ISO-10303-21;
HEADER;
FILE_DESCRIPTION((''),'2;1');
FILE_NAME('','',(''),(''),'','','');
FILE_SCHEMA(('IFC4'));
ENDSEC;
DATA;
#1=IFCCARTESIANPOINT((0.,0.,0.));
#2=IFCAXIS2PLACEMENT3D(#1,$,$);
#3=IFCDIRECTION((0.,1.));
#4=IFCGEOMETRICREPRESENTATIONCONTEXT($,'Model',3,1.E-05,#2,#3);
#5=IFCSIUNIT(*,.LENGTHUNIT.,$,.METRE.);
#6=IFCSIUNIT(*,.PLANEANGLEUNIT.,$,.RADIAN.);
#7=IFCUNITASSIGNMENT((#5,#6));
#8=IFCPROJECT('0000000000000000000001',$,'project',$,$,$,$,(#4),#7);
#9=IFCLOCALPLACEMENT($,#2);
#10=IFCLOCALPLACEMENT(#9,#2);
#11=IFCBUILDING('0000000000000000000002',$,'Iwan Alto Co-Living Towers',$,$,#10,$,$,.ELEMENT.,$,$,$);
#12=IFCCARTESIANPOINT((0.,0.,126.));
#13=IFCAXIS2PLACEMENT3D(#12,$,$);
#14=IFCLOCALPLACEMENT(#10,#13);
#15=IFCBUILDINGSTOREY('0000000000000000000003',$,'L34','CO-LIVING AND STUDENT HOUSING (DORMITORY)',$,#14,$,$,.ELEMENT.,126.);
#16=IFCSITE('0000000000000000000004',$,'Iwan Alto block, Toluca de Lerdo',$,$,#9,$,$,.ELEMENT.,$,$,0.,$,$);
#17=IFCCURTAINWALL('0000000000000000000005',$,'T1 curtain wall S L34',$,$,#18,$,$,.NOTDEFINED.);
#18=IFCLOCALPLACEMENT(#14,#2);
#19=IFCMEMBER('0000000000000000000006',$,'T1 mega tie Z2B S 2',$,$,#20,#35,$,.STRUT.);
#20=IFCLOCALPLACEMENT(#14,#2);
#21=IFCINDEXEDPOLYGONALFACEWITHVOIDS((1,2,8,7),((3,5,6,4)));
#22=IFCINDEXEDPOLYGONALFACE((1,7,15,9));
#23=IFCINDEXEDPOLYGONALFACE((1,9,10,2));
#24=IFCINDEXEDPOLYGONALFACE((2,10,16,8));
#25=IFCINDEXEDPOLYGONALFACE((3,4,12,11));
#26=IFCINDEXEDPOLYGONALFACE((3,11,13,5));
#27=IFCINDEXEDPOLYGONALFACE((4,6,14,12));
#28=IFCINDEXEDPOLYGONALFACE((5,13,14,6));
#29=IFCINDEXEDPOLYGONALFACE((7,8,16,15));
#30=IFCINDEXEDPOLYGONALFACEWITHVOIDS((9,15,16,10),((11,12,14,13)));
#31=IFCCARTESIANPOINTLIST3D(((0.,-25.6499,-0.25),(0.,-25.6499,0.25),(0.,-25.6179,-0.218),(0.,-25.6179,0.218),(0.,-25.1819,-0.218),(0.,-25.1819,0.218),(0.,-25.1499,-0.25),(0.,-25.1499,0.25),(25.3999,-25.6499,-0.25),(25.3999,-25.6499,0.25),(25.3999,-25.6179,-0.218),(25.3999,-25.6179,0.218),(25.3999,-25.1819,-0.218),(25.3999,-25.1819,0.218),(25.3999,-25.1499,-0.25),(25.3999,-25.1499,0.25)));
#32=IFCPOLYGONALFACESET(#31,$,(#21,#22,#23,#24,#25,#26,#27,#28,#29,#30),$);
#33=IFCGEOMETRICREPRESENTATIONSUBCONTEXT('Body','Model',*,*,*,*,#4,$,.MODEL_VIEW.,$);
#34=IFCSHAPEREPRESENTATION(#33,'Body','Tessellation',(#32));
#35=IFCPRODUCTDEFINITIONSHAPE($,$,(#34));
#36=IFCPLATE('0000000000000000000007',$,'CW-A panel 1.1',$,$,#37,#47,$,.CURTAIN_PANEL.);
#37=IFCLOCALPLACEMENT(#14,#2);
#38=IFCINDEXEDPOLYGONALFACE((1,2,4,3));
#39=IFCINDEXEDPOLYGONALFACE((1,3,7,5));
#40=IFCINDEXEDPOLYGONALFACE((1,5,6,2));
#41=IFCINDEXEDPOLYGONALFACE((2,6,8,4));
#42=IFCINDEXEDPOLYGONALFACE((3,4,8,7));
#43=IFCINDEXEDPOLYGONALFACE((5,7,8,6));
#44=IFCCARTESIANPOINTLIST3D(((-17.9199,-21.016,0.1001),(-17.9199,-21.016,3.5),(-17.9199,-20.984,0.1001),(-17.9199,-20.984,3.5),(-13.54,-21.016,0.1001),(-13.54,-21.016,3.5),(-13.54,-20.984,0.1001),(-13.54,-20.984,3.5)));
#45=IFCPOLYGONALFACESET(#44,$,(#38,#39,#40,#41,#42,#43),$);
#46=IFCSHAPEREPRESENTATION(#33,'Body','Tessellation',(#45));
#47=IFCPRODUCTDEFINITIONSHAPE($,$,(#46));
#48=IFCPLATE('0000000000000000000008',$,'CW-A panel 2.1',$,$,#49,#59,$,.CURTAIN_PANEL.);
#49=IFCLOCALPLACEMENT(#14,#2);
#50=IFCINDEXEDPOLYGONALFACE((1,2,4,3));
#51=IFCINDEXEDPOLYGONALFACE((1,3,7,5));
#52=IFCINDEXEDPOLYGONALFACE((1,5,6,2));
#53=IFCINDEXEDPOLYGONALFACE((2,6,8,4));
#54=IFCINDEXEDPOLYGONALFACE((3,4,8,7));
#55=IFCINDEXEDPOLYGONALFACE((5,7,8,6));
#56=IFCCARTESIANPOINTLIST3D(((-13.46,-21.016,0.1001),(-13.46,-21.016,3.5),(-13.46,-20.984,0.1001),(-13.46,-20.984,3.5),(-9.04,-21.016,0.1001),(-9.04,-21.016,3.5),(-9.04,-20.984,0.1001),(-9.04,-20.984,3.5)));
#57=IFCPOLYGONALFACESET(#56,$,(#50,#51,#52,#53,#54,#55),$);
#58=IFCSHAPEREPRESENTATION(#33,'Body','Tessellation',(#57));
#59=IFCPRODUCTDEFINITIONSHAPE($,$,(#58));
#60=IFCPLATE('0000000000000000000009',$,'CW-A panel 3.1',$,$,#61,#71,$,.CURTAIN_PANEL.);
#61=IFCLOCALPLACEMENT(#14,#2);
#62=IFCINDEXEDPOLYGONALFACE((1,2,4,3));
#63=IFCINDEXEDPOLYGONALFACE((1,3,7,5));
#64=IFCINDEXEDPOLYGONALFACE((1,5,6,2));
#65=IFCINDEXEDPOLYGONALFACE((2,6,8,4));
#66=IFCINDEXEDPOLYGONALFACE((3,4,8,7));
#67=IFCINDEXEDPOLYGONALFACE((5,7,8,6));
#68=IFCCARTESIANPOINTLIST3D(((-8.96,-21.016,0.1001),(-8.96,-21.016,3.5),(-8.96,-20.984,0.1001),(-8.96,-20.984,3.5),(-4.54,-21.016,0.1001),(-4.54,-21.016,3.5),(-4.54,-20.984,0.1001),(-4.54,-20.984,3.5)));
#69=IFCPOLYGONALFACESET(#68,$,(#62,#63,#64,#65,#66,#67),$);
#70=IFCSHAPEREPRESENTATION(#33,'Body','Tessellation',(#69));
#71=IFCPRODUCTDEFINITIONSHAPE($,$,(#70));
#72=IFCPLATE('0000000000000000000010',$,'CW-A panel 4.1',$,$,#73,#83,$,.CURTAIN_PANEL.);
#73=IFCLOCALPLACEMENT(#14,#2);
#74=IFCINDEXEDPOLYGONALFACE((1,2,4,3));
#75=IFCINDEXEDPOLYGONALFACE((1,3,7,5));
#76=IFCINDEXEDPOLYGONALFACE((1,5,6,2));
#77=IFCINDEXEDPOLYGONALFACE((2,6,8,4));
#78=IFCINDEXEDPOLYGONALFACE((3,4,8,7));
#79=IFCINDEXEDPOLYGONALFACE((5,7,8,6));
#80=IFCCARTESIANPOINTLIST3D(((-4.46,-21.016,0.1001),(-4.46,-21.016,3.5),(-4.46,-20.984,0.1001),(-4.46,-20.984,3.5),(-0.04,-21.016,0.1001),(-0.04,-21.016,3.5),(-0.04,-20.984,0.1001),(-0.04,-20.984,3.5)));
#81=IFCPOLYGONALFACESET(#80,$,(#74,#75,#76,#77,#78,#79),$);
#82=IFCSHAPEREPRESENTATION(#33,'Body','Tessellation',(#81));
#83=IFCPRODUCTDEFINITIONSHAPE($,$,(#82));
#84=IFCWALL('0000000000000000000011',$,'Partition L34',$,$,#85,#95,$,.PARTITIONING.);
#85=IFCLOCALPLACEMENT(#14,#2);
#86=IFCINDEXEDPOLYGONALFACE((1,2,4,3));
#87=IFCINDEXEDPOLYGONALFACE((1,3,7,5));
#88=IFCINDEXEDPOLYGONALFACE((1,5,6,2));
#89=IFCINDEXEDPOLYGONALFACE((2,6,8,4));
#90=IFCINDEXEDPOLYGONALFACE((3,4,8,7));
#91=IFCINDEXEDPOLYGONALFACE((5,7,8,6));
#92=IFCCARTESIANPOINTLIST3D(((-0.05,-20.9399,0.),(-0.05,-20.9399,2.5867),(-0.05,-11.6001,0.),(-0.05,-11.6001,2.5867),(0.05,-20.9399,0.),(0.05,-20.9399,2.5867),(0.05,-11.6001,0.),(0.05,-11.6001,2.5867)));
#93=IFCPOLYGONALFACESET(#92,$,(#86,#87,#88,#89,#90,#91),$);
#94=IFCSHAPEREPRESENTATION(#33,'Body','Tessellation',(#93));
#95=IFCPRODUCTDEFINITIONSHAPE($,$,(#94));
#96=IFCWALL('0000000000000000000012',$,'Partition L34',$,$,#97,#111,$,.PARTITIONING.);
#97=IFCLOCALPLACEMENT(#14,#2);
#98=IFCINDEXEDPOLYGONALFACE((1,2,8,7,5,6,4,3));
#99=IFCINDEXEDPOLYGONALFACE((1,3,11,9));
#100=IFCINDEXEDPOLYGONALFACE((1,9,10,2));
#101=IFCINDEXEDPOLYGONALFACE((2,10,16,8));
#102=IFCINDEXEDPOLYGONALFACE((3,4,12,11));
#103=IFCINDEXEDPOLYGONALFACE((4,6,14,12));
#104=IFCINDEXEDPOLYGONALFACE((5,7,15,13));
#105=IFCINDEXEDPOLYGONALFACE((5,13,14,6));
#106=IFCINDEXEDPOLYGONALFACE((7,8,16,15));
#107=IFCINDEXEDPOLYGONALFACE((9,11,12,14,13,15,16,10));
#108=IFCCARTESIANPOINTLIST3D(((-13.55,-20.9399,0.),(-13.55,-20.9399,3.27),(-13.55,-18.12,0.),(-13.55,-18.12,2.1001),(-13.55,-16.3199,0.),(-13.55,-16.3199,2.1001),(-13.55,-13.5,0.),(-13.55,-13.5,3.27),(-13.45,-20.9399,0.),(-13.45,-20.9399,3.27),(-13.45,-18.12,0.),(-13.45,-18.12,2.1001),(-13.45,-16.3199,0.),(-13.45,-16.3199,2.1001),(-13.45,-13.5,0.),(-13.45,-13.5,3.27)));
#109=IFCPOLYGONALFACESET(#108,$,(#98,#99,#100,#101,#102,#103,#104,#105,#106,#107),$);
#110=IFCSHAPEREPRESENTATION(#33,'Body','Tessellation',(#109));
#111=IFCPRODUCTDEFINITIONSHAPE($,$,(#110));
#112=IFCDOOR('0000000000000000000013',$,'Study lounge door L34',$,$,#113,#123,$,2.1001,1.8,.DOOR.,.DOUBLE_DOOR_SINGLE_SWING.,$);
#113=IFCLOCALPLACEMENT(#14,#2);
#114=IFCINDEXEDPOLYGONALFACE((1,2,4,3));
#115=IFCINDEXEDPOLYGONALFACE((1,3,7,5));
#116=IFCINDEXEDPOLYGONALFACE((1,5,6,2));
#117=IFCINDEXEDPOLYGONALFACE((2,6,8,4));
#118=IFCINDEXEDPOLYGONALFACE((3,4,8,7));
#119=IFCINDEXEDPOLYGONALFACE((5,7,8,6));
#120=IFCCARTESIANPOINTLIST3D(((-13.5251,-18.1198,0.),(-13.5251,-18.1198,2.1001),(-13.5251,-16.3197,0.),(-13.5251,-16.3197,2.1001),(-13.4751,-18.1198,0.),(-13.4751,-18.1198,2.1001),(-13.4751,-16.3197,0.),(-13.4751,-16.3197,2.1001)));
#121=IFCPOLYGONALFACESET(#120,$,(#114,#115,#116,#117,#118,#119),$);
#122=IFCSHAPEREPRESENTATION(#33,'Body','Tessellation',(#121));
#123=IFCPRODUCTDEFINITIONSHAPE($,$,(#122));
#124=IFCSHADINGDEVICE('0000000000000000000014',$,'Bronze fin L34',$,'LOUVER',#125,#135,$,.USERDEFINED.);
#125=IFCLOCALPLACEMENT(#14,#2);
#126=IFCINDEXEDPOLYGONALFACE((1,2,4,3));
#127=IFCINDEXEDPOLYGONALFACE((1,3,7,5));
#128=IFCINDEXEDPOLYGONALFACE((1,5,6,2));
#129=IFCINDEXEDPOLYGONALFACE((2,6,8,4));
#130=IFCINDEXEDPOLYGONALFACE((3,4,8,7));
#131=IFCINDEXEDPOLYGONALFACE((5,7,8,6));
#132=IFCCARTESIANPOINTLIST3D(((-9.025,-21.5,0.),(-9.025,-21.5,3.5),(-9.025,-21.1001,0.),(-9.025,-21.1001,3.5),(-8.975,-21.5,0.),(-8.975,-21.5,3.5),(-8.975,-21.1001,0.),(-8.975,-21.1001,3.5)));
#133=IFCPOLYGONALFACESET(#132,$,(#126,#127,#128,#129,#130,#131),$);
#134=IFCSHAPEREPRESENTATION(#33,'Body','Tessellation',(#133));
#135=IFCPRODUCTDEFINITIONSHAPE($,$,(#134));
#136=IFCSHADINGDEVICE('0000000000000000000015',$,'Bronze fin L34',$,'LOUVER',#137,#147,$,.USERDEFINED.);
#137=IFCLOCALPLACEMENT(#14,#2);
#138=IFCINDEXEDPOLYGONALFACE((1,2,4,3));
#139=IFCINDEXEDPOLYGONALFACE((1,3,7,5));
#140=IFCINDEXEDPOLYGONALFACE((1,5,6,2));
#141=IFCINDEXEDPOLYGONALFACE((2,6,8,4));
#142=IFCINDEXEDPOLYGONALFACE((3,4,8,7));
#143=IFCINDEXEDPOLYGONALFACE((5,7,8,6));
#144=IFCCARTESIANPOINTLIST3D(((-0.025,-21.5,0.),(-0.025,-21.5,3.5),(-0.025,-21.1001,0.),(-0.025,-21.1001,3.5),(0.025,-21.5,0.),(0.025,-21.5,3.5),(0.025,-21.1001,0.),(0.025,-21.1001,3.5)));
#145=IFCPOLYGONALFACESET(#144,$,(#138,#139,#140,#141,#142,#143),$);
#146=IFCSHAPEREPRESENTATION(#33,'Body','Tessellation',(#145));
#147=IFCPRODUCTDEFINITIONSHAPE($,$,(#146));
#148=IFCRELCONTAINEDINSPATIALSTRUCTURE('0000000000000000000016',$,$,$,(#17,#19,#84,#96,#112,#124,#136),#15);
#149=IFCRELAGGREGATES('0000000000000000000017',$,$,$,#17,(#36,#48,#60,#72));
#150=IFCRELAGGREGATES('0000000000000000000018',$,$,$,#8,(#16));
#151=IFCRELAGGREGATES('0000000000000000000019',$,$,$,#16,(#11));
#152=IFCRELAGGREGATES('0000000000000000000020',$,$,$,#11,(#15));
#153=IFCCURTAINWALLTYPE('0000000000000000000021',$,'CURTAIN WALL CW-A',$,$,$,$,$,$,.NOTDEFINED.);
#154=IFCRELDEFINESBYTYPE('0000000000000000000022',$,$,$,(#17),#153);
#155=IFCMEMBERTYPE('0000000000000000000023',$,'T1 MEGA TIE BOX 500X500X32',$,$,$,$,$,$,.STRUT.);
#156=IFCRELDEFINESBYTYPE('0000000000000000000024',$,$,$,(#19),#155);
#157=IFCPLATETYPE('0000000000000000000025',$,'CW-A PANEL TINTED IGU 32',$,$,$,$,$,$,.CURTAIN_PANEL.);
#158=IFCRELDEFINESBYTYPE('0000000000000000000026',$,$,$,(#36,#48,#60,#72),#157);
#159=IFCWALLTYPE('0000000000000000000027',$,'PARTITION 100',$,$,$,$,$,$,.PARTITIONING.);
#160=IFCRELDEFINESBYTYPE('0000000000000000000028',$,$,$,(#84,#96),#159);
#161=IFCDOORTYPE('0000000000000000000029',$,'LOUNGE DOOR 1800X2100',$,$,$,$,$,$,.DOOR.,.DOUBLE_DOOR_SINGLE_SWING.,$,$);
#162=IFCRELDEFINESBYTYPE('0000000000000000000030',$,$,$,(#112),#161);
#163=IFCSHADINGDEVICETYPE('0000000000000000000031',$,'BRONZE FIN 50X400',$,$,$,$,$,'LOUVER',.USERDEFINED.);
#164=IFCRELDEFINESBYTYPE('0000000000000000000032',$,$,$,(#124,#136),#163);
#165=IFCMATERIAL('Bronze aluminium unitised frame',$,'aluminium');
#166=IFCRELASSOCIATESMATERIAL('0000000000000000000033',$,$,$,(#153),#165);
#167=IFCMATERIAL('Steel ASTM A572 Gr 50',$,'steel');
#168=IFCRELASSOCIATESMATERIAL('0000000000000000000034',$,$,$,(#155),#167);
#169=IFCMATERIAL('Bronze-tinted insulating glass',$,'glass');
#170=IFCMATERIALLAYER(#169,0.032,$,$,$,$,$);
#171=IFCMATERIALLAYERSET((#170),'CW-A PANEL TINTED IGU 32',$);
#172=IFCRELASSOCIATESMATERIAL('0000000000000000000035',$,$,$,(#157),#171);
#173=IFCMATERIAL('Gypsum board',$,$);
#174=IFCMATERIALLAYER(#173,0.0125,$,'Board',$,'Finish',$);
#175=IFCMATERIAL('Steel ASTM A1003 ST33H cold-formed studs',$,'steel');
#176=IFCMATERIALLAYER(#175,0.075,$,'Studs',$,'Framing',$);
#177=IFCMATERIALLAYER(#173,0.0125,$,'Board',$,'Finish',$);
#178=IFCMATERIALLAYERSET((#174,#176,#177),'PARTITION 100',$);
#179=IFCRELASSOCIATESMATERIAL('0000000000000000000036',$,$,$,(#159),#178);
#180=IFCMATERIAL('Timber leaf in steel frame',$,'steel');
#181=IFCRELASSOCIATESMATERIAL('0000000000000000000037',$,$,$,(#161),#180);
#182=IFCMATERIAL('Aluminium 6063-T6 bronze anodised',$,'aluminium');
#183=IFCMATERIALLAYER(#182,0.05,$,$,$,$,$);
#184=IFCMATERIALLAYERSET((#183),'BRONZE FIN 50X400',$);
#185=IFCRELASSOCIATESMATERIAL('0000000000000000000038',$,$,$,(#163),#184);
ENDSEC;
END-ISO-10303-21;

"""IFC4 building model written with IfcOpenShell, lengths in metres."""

from ifc_helpers import new_model, si_unit, direction, frame, frame_2d, origin, origin_2d, place, context, subcontext, project, spatial, rectangle, hollow_rectangle, extrude, material, layer, layer_set, material_profile, profile_set, type_object, element, fill, aggregate, save


model = new_model("IFC4")

# Units and contexts
model_context = context("Model", 3, precision=1e-05, world=origin(), true_north=direction((0.0, 1.0)))
body_context = subcontext(model_context, "Body", "Model", "MODEL_VIEW")
ifc_project = project(units=[si_unit("LENGTHUNIT", "METRE"), si_unit("PLANEANGLEUNIT", "RADIAN")], contexts=[model_context])

# Site, building, storey
site_placement = place(None, origin())
site = spatial("IfcSite", under=ifc_project, at=site_placement, Name="Iwan Alto block, Toluca de Lerdo", CompositionType="ELEMENT", RefElevation=0.0)
building_placement = place(site_placement, origin())
building = spatial("IfcBuilding", under=site, at=building_placement, Name="Iwan Alto Co-Living Towers", CompositionType="ELEMENT")
storey_placement = place(building_placement, frame((0.0, 0.0, 126.0)))
storey = spatial("IfcBuildingStorey", under=building, at=storey_placement, Name="L34", Description="CO-LIVING AND STUDENT HOUSING (DORMITORY)", CompositionType="ELEMENT", Elevation=126.0)

# Curtain wall
ifc_material_1 = material(Name="Bronze aluminium unitised frame", Category="aluminium")
curtain_wall_type_1 = type_object("IfcCurtainWallType", Name="CURTAIN WALL CW-A", PredefinedType="NOTDEFINED", material=ifc_material_1)
curtain_wall_1_placement = place(storey_placement, origin())
curtain_wall_1 = element("IfcCurtainWall", 1, at=curtain_wall_1_placement, inside=storey, type_object=curtain_wall_type_1, Name="T1 curtain wall S L34", PredefinedType="NOTDEFINED")

# Member
ifc_material_2 = material(Name="Steel ASTM A572 Gr 50", Category="steel")
ifc_material_profile_1 = material_profile(ifc_material_2, hollow_rectangle(XDim=0.5, YDim=0.5, WallThickness=0.032, at=origin_2d()), Name="BOX 500X500X32")
ifc_profile_set_1 = profile_set([ifc_material_profile_1], Name="Steel ASTM A572 Gr 50")
member_type_1 = type_object("IfcMemberType", Name="T1 MEGA TIE BOX 500X500X32", PredefinedType="STRUT", material=ifc_profile_set_1)
member_1_placement = place(storey_placement, frame((0.0, -25.3999, 0.0), z_axis=(1.0, 0.0, 0.0), x_axis=(0.0, 1.0, 0.0)))
element("IfcMember", 2, at=member_1_placement, inside=storey, type_object=member_type_1, Name="T1 mega tie Z2B S 2", PredefinedType="STRUT", context=body_context, shape_type="SweptSolid", body=[
    extrude(hollow_rectangle(XDim=0.5, YDim=0.5, WallThickness=0.032, at=origin_2d()), origin(), (0.0, 0.0, 1.0), 25.3999),
])

# Plates
ifc_material_3 = material(Name="Bronze-tinted insulating glass", Category="glass")
ifc_layer_1 = layer(ifc_material_3, 0.032)
ifc_layer_set_1 = layer_set([ifc_layer_1], Name="CW-A PANEL TINTED IGU 32")
plate_type = type_object("IfcPlateType", Name="CW-A PANEL TINTED IGU 32", PredefinedType="CURTAIN_PANEL", material=ifc_layer_set_1)
plate_1_placement = place(storey_placement, frame((-15.73, -21.0, 0.1001), z_axis=(0.0, 0.0, 1.0), x_axis=(1.0, 0.0, 0.0)))
plate_1 = element("IfcPlate", 3, at=plate_1_placement, type_object=plate_type, Name="CW-A panel 1.1", PredefinedType="CURTAIN_PANEL", context=body_context, shape_type="SweptSolid", body=[
    extrude(rectangle(XDim=4.3799, YDim=0.032, at=origin_2d()), origin(), (0.0, 0.0, 1.0), 3.3999),
])
plate_2_placement = place(storey_placement, frame((-11.25, -21.0, 0.1001), z_axis=(0.0, 0.0, 1.0), x_axis=(1.0, 0.0, 0.0)))
plate_2 = element("IfcPlate", 4, at=plate_2_placement, type_object=plate_type, Name="CW-A panel 2.1", PredefinedType="CURTAIN_PANEL", context=body_context, shape_type="SweptSolid", body=[
    extrude(rectangle(XDim=4.4199, YDim=0.032, at=origin_2d()), origin(), (0.0, 0.0, 1.0), 3.3999),
])
plate_3_placement = place(storey_placement, frame((-6.75, -21.0, 0.1001), z_axis=(0.0, 0.0, 1.0), x_axis=(1.0, 0.0, 0.0)))
plate_3 = element("IfcPlate", 5, at=plate_3_placement, type_object=plate_type, Name="CW-A panel 3.1", PredefinedType="CURTAIN_PANEL", context=body_context, shape_type="SweptSolid", body=[
    extrude(rectangle(XDim=4.4199, YDim=0.032, at=origin_2d()), origin(), (0.0, 0.0, 1.0), 3.3999),
])
plate_4_placement = place(storey_placement, frame((-2.25, -21.0, 0.1001), z_axis=(0.0, 0.0, 1.0), x_axis=(1.0, 0.0, 0.0)))
plate_4 = element("IfcPlate", 6, at=plate_4_placement, type_object=plate_type, Name="CW-A panel 4.1", PredefinedType="CURTAIN_PANEL", context=body_context, shape_type="SweptSolid", body=[
    extrude(rectangle(XDim=4.4199, YDim=0.032, at=origin_2d()), origin(), (0.0, 0.0, 1.0), 3.3999),
])
aggregate(curtain_wall_1, [plate_1, plate_2, plate_3, plate_4])

# Wall
ifc_material_4 = material(Name="Gypsum board")
ifc_layer_2 = layer(ifc_material_4, 0.0125, Name="Board", Category="Finish")
ifc_material_5 = material(Name="Steel ASTM A1003 ST33H cold-formed studs", Category="steel")
ifc_layer_3 = layer(ifc_material_5, 0.075, Name="Studs", Category="Framing")
ifc_layer_4 = layer(ifc_material_4, 0.0125, Name="Board", Category="Finish")
ifc_layer_set_2 = layer_set([ifc_layer_2, ifc_layer_3, ifc_layer_4], Name="PARTITION 100")
wall_type = type_object("IfcWallType", Name="PARTITION 100", PredefinedType="PARTITIONING", material=ifc_layer_set_2)
wall_1_placement = place(storey_placement, frame((0.0, -20.9399, 0.0), z_axis=(0.0, 0.0, 1.0), x_axis=(0.0, 1.0, 0.0)))
element("IfcWall", 7, at=wall_1_placement, inside=storey, type_object=wall_type, Name="Partition L34", PredefinedType="PARTITIONING", context=body_context, shape_type="SweptSolid", body=[
    extrude(rectangle(XDim=9.3398, YDim=0.1001, at=frame_2d((4.6699, 0.0))), origin(), (0.0, 0.0, 1.0), 2.5867),
])

# Wall, opening, door
wall_2_placement = place(storey_placement, frame((-13.5, -20.9399, 0.0), z_axis=(0.0, 0.0, 1.0), x_axis=(0.0, 1.0, 0.0)))
wall_2 = element("IfcWall", 8, at=wall_2_placement, inside=storey, type_object=wall_type, Name="Partition L34", PredefinedType="PARTITIONING", context=body_context, shape_type="SweptSolid", body=[
    extrude(rectangle(XDim=7.4399, YDim=0.1001, at=frame_2d((3.72, 0.0))), origin(), (0.0, 0.0, 1.0), 3.27),
])
opening_placement = place(wall_2_placement, frame((2.8201, 0.0, 0.0)))
opening = element("IfcOpeningElement", 9, at=opening_placement, cuts=wall_2, PredefinedType="OPENING", context=body_context, shape_type="SweptSolid", body=[
    extrude(rectangle(XDim=1.8, YDim=2.1001, at=frame_2d((0.8999, 1.05))), frame((0.0, 0.0601, 0.0), z_axis=(0.0, -1.0, 0.0), x_axis=(1.0, 0.0, 0.0)), (0.0, 0.0, 1.0), 0.1201),
])
ifc_material_6 = material(Name="Timber leaf in steel frame", Category="steel")
door_type = type_object("IfcDoorType", Name="LOUNGE DOOR 1800X2100", OperationType="DOUBLE_DOOR_SINGLE_SWING", PredefinedType="DOOR", material=ifc_material_6)
door_placement = place(opening_placement, frame((1.8, 0.0, 0.0), z_axis=(0.0, 0.0, 1.0), x_axis=(-1.0, 0.0, 0.0)))
door = element("IfcDoor", 10, at=door_placement, inside=storey, type_object=door_type, Name="Study lounge door L34", OperationType="DOUBLE_DOOR_SINGLE_SWING", OverallHeight=2.1001, OverallWidth=1.8, PredefinedType="DOOR", context=body_context, shape_type="SweptSolid", body=[
    extrude(rectangle(XDim=1.8, YDim=2.1001, at=frame_2d((0.8999, 1.05))), frame((0.0, 0.0249, 0.0), z_axis=(0.0, -1.0, 0.0), x_axis=(1.0, 0.0, 0.0)), (0.0, 0.0, 1.0), 0.05),
])
fill(opening, door)

# Shading devices
ifc_material_7 = material(Name="Aluminium 6063-T6 bronze anodised", Category="aluminium")
ifc_layer_5 = layer(ifc_material_7, 0.05)
ifc_layer_set_3 = layer_set([ifc_layer_5], Name="BRONZE FIN 50X400")
shading_device_type = type_object("IfcShadingDeviceType", Name="BRONZE FIN 50X400", ElementType="LOUVER", PredefinedType="USERDEFINED", material=ifc_layer_set_3)
for number, where, z_axis, x_axis, name in (
    (11, (-9.0, -21.3, 0.0), (0.0, 0.0, 1.0), (1.0, 0.0, 0.0), "Bronze fin L34"),
    (12, (0.0, -21.3, 0.0), (0.0, 0.0, 1.0), (1.0, 0.0, 0.0), "Bronze fin L34"),
):
    element("IfcShadingDevice", number, at=place(storey_placement, frame(where, z_axis=z_axis, x_axis=x_axis)), inside=storey, type_object=shading_device_type, Name=name, ObjectType="LOUVER", PredefinedType="USERDEFINED", context=body_context, shape_type="SweptSolid", body=[
        extrude(rectangle(XDim=0.05, YDim=0.3999, at=origin_2d()), origin(), (0.0, 0.0, 1.0), 3.5),
    ])

save(model, "model.ifc")
